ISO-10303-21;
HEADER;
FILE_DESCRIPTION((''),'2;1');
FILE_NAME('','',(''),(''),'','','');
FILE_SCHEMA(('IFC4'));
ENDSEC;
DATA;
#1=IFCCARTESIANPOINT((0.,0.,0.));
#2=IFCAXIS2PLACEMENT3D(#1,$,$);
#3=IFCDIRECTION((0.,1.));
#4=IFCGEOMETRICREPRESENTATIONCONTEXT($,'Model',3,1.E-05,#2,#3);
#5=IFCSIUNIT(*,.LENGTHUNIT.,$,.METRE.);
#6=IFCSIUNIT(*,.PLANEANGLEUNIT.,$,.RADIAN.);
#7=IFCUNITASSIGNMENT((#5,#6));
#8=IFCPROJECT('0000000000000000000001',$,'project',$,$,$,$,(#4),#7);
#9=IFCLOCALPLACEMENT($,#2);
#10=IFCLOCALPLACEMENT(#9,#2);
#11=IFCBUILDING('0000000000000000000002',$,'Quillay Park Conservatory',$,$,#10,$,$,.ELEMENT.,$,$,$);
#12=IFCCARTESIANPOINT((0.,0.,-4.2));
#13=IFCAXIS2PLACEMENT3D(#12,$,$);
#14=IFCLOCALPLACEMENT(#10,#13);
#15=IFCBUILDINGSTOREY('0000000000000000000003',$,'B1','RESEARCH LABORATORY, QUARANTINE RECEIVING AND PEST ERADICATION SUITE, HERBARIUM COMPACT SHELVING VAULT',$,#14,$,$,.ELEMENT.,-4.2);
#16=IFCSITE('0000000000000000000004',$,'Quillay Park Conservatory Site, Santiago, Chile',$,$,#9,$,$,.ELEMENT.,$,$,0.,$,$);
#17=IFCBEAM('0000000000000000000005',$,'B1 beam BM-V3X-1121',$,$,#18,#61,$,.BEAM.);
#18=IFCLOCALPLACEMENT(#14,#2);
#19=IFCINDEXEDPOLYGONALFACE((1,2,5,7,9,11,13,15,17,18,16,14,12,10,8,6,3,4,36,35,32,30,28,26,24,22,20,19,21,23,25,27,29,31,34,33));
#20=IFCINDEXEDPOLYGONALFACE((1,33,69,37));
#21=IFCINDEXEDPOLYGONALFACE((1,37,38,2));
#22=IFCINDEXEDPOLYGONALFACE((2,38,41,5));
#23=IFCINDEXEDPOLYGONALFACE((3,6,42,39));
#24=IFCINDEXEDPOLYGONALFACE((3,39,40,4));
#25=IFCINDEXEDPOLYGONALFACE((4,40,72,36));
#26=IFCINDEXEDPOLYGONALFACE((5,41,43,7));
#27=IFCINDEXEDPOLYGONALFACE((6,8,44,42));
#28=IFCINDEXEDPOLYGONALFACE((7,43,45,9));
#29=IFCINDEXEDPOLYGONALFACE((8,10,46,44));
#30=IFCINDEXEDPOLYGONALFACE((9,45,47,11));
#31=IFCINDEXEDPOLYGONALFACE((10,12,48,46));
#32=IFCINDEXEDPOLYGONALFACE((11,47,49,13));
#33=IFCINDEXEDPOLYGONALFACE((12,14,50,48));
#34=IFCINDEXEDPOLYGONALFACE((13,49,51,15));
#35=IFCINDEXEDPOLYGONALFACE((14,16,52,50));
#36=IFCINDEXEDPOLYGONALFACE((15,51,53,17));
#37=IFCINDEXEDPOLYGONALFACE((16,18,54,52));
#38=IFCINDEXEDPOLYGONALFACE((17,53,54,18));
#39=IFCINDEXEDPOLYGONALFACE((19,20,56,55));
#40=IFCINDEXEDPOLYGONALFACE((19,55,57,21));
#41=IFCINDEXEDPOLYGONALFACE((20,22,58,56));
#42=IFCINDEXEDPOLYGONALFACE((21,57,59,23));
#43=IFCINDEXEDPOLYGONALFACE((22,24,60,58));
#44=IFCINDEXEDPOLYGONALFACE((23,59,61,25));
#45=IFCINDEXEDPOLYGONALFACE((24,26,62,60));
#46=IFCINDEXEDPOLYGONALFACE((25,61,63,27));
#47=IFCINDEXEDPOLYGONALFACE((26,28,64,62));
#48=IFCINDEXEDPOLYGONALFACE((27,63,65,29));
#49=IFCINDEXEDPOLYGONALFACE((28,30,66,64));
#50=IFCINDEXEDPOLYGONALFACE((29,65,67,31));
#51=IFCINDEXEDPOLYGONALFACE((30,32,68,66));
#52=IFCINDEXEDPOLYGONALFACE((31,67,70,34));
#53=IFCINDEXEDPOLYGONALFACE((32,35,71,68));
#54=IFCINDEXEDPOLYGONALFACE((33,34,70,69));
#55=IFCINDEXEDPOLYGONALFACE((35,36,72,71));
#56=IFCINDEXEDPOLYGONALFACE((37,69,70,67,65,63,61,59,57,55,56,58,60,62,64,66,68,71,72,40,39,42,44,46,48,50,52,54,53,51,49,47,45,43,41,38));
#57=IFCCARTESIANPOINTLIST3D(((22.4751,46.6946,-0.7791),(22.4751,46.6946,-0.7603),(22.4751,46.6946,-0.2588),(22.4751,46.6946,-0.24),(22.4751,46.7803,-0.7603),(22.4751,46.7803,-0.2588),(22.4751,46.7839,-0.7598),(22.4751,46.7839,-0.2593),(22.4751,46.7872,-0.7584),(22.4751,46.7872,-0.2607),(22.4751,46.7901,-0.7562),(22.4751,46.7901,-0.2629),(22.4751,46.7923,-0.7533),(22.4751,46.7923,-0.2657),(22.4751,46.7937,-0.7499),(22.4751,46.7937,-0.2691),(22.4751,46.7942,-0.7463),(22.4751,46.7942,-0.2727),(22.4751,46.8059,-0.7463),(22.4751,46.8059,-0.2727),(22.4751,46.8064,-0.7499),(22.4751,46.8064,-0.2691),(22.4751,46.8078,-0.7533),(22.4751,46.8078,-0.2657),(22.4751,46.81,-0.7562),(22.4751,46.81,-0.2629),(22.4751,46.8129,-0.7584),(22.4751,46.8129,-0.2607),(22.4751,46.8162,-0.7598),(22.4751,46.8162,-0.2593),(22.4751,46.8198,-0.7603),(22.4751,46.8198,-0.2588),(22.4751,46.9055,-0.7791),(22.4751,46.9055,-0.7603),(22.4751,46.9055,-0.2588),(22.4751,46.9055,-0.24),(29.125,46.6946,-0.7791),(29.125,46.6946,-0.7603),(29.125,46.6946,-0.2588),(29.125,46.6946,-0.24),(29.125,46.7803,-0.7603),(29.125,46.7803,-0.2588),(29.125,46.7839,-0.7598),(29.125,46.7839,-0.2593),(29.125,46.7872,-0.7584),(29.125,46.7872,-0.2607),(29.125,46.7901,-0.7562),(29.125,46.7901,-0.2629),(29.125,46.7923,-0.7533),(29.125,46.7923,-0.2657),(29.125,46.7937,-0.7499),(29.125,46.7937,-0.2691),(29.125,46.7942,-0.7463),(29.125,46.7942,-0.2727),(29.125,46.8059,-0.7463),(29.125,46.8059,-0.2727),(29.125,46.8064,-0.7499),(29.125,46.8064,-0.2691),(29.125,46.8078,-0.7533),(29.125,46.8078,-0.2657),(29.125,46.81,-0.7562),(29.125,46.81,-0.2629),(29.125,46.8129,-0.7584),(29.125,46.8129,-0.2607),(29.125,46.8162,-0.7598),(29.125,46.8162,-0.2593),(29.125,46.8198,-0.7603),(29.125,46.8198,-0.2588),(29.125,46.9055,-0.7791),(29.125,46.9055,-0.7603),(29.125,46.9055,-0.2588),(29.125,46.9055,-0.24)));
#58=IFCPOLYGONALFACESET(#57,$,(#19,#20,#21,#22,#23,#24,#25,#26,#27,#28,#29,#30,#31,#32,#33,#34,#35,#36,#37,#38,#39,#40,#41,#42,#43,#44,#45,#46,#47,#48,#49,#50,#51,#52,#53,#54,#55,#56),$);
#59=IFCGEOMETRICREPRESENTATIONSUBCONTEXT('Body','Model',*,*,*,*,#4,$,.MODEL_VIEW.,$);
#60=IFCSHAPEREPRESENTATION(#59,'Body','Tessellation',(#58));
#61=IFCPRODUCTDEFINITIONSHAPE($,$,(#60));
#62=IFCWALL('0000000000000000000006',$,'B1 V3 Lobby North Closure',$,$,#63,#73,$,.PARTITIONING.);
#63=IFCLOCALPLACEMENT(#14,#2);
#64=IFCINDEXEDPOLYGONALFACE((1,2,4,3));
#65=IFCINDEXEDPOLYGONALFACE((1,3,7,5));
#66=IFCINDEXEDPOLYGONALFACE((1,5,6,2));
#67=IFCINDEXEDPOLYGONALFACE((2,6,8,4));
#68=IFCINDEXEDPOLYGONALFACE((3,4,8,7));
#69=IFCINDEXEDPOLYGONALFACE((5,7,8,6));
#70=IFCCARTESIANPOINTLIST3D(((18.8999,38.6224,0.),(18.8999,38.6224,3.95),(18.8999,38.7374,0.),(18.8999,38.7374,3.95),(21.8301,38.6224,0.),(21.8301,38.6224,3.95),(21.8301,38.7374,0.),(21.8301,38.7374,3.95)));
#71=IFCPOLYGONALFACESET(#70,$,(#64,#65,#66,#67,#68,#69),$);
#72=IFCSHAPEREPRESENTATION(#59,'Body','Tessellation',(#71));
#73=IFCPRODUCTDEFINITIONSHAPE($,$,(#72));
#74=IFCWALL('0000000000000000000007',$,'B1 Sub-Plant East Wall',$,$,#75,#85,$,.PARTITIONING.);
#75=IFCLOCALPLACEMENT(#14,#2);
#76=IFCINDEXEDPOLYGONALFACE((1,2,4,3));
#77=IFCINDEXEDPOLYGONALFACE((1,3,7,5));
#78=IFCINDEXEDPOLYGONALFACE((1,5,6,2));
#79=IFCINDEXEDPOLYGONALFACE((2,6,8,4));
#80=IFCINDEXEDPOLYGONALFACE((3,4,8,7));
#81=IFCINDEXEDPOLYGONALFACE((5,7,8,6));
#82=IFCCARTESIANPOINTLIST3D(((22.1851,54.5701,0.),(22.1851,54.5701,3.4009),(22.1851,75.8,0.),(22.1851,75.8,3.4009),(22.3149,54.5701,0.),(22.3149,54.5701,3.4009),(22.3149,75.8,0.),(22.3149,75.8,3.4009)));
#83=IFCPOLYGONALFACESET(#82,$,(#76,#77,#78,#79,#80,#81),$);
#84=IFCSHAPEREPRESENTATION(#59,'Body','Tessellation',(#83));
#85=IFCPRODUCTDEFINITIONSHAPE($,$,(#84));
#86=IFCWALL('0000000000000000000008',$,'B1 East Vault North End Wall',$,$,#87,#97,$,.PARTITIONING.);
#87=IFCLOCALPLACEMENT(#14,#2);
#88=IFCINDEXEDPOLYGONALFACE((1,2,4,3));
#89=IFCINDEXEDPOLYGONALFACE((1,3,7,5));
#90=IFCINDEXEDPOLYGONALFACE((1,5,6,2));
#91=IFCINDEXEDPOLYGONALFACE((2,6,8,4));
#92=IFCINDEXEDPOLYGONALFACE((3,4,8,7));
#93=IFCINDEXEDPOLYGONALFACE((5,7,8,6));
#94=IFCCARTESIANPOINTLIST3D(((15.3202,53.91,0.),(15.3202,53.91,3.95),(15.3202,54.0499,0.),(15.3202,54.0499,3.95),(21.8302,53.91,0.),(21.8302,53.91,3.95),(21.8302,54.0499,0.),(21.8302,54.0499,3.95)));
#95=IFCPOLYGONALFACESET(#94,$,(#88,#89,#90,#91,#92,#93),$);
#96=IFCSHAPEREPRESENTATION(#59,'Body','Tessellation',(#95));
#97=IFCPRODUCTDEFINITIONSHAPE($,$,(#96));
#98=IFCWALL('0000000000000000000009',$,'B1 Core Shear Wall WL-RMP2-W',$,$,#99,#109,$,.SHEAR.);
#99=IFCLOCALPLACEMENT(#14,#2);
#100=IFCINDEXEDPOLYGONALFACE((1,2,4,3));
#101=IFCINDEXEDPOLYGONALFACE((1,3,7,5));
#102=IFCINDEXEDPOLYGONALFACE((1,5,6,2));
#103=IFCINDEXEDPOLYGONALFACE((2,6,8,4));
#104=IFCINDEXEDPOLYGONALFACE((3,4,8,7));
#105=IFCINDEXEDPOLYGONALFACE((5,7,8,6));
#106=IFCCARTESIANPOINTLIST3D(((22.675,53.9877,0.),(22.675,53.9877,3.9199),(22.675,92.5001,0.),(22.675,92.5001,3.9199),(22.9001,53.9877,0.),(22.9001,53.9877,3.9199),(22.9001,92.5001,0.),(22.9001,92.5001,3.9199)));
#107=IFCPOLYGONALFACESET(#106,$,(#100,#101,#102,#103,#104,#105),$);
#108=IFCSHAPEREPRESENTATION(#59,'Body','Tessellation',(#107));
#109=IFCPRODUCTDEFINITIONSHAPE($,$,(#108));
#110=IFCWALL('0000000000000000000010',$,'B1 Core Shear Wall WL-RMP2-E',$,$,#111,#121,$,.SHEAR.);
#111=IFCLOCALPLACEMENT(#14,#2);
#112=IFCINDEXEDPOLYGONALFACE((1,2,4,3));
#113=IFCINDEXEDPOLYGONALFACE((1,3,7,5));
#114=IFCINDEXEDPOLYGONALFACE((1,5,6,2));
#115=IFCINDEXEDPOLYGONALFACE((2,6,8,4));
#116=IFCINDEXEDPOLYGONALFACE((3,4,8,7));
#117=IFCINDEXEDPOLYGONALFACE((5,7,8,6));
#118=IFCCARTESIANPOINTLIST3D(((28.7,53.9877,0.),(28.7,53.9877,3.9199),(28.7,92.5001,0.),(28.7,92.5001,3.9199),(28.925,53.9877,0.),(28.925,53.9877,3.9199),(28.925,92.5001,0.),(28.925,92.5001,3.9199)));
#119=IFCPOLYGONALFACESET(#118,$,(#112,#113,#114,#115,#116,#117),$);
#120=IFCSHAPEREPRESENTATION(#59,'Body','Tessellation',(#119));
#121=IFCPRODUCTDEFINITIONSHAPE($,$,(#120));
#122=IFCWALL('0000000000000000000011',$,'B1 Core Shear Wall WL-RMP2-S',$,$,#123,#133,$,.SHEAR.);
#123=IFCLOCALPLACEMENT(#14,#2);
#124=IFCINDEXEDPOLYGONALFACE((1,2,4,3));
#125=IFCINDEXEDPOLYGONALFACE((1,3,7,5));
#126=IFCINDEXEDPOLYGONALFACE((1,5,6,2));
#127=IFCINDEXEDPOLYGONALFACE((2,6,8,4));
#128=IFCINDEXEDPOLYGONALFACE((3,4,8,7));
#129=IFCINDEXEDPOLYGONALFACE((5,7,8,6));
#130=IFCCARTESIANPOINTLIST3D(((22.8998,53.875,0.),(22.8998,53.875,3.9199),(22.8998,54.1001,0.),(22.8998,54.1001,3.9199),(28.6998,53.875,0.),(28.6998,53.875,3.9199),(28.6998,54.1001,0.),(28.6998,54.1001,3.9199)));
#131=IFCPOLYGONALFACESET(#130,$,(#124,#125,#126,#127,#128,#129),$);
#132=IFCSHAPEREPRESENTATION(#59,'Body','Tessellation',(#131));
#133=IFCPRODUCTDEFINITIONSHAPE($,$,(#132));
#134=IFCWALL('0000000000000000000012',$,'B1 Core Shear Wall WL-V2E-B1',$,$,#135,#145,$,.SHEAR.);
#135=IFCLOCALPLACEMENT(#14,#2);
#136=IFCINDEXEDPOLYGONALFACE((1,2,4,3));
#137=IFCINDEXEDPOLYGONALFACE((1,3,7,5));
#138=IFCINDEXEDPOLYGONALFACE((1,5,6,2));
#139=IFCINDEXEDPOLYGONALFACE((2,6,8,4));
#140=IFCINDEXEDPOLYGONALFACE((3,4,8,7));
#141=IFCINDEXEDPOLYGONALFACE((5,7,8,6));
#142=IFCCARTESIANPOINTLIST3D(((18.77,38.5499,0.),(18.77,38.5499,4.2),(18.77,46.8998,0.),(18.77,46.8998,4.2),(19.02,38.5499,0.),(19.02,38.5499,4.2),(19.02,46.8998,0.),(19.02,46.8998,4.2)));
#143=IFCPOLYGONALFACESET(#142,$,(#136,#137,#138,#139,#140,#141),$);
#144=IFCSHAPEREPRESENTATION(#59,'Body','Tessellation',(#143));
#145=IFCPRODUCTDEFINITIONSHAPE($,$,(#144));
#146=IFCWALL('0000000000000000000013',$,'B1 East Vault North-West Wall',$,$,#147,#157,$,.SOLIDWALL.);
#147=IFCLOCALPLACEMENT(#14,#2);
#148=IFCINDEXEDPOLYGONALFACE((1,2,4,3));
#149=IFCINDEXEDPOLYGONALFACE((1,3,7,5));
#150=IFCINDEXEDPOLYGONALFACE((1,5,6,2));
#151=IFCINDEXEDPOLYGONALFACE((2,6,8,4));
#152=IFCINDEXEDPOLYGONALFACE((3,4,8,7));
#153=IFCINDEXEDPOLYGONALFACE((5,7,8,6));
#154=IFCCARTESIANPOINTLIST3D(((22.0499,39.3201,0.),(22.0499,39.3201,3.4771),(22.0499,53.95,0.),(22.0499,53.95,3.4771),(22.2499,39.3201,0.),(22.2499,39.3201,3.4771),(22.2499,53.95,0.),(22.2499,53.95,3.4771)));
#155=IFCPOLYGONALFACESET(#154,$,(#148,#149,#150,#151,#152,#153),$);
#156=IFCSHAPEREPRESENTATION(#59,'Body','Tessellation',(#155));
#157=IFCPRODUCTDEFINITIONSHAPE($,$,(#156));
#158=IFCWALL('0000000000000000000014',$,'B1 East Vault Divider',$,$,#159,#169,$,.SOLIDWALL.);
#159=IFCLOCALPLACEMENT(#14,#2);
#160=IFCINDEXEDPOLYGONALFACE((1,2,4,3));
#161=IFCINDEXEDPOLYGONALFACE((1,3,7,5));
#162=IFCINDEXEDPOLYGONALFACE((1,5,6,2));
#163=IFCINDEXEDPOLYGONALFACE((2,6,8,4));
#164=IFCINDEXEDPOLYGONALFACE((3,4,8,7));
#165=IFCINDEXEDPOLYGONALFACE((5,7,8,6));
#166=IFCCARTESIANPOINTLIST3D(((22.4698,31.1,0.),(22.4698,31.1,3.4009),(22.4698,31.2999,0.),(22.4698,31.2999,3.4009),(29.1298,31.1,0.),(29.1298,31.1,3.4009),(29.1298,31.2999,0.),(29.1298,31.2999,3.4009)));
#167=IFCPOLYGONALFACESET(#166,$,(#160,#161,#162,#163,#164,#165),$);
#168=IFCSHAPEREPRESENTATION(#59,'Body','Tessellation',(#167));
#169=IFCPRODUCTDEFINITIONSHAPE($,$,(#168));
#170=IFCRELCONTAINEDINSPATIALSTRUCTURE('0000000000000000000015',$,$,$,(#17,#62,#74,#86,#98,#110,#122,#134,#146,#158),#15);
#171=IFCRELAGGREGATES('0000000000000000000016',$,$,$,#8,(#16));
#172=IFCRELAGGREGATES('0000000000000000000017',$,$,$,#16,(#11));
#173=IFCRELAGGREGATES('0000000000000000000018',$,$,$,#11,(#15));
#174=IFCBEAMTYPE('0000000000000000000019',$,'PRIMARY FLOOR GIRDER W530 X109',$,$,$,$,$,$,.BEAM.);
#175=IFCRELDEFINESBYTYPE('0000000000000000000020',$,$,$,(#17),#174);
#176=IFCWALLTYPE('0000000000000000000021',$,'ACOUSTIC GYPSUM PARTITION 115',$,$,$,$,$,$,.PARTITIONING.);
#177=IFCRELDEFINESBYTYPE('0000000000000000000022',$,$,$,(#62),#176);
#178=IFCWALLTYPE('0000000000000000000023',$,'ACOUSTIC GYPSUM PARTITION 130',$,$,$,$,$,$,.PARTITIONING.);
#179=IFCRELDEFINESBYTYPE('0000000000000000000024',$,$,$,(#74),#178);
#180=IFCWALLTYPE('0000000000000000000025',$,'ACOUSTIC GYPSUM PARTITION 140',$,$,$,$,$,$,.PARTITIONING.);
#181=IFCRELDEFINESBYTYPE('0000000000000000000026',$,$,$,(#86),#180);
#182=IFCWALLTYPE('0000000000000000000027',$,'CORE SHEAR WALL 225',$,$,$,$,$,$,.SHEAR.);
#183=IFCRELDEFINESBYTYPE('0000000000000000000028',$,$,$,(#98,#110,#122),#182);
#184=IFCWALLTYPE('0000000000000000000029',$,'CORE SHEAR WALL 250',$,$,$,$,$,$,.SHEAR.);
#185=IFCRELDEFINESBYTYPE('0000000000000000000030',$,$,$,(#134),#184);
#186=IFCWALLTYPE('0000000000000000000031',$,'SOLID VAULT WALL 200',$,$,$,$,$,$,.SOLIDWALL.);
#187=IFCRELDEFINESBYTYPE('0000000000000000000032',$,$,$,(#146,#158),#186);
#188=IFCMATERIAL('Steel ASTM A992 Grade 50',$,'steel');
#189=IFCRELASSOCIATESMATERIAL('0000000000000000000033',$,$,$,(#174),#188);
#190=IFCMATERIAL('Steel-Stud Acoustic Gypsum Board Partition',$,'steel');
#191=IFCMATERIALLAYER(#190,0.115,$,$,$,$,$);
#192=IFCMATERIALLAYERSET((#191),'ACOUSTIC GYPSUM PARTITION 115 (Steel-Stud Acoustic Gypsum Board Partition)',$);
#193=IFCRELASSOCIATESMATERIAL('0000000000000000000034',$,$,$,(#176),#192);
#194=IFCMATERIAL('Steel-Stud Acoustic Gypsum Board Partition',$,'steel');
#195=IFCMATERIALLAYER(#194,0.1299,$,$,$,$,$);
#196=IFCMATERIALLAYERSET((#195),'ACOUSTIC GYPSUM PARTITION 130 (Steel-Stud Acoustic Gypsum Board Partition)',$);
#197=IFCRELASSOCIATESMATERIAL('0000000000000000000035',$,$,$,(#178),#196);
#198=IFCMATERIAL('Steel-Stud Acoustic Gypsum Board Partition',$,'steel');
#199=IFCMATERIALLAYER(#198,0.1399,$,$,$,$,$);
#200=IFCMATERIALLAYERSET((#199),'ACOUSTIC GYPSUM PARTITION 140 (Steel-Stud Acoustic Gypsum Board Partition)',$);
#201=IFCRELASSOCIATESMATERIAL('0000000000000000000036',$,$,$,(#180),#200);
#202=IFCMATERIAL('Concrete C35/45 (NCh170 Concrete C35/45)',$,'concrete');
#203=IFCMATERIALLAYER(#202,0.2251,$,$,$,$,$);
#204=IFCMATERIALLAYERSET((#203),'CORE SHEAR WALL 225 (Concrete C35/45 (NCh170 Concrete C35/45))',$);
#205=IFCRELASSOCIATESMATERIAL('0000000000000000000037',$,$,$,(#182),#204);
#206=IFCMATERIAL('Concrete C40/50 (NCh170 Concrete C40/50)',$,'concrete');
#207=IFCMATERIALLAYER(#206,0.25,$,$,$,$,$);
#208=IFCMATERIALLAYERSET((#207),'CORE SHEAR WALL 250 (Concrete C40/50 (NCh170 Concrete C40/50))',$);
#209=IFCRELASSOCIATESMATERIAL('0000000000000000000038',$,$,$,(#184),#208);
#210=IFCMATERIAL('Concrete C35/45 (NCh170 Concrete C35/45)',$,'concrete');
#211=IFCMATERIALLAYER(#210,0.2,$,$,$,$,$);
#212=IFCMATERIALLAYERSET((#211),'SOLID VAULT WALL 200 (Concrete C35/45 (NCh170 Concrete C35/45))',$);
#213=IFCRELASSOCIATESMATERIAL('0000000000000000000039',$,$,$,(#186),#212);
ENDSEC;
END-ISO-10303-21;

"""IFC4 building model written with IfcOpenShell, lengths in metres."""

from ifc_helpers import new_model, si_unit, direction, frame, frame_2d, origin, origin_2d, place, context, subcontext, project, spatial, rectangle, i_section, extrude, material, layer, layer_set, material_profile, profile_set, type_object, element, save


model = new_model("IFC4")

# Units and contexts
model_context = context("Model", 3, precision=1e-05, world=origin(), true_north=direction((0.0, 1.0)))
body_context = subcontext(model_context, "Body", "Model", "MODEL_VIEW")
ifc_project = project(units=[si_unit("LENGTHUNIT", "METRE"), si_unit("PLANEANGLEUNIT", "RADIAN")], contexts=[model_context])

# Site, building, storey
site_placement = place(None, origin())
site = spatial("IfcSite", under=ifc_project, at=site_placement, Name="Quillay Park Conservatory Site, Santiago, Chile", CompositionType="ELEMENT", RefElevation=0.0)
building_placement = place(site_placement, origin())
building = spatial("IfcBuilding", under=site, at=building_placement, Name="Quillay Park Conservatory", CompositionType="ELEMENT")
storey_placement = place(building_placement, frame((0.0, 0.0, -4.2)))
storey = spatial("IfcBuildingStorey", under=building, at=storey_placement, Name="B1", Description="RESEARCH LABORATORY, QUARANTINE RECEIVING AND PEST ERADICATION SUITE, HERBARIUM COMPACT SHELVING VAULT", CompositionType="ELEMENT", Elevation=-4.2)

# Beam
ifc_material_1 = material(Name="Steel ASTM A992 Grade 50", Category="steel")
ifc_material_profile_1 = material_profile(ifc_material_1, i_section(OverallWidth=0.2109, OverallDepth=0.5391, WebThickness=0.0117, FlangeThickness=0.0188, FilletRadius=0.0139, at=origin_2d()), Name="W530x109")
ifc_profile_set_1 = profile_set([ifc_material_profile_1], Name="Steel ASTM A992 Grade 50")
beam_type_1 = type_object("IfcBeamType", Name="PRIMARY FLOOR GIRDER W530 X109", PredefinedType="BEAM", material=ifc_profile_set_1)
for number, where, z_axis, x_axis, name in (
    (1, (22.4751, 46.8, -0.5095), (1.0, 0.0, 0.0), (0.0, 1.0, 0.0), "B1 beam BM-V3X-1121"),
):
    element("IfcBeam", number, at=place(storey_placement, frame(where, z_axis=z_axis, x_axis=x_axis)), inside=storey, type_object=beam_type_1, Name=name, PredefinedType="BEAM", context=body_context, shape_type="SweptSolid", body=[
        extrude(i_section(OverallWidth=0.2109, OverallDepth=0.5391, WebThickness=0.0117, FlangeThickness=0.0188, FilletRadius=0.0139, at=origin_2d()), origin(), (0.0, 0.0, 1.0), 6.6499),
    ])

# Walls
ifc_material_2 = material(Name="Steel-Stud Acoustic Gypsum Board Partition", Category="steel")
ifc_layer_1 = layer(ifc_material_2, 0.115)
ifc_layer_set_1 = layer_set([ifc_layer_1], Name="ACOUSTIC GYPSUM PARTITION 115 (Steel-Stud Acoustic Gypsum Board Partition)")
wall_type_1 = type_object("IfcWallType", Name="ACOUSTIC GYPSUM PARTITION 115", PredefinedType="PARTITIONING", material=ifc_layer_set_1)
wall_1_placement = place(storey_placement, frame((18.8999, 38.6799, 0.0), z_axis=(0.0, 0.0, 1.0), x_axis=(1.0, 0.0, 0.0)))
element("IfcWall", 2, at=wall_1_placement, inside=storey, type_object=wall_type_1, Name="B1 V3 Lobby North Closure", PredefinedType="PARTITIONING", context=body_context, shape_type="SweptSolid", body=[
    extrude(rectangle(XDim=2.9302, YDim=0.115, at=frame_2d((1.4651, 0.0))), origin(), (0.0, 0.0, 1.0), 3.95),
])
ifc_material_3 = material(Name="Steel-Stud Acoustic Gypsum Board Partition", Category="steel")
ifc_layer_2 = layer(ifc_material_3, 0.1299)
ifc_layer_set_2 = layer_set([ifc_layer_2], Name="ACOUSTIC GYPSUM PARTITION 130 (Steel-Stud Acoustic Gypsum Board Partition)")
wall_type_2 = type_object("IfcWallType", Name="ACOUSTIC GYPSUM PARTITION 130", PredefinedType="PARTITIONING", material=ifc_layer_set_2)
wall_2_placement = place(storey_placement, frame((22.25, 54.5701, 0.0), z_axis=(0.0, 0.0, 1.0), x_axis=(0.0, 1.0, 0.0)))
element("IfcWall", 3, at=wall_2_placement, inside=storey, type_object=wall_type_2, Name="B1 Sub-Plant East Wall", PredefinedType="PARTITIONING", context=body_context, shape_type="SweptSolid", body=[
    extrude(rectangle(XDim=21.23, YDim=0.1299, at=frame_2d((10.615, 0.0))), origin(), (0.0, 0.0, 1.0), 3.4009),
])
ifc_material_4 = material(Name="Steel-Stud Acoustic Gypsum Board Partition", Category="steel")
ifc_layer_3 = layer(ifc_material_4, 0.1399)
ifc_layer_set_3 = layer_set([ifc_layer_3], Name="ACOUSTIC GYPSUM PARTITION 140 (Steel-Stud Acoustic Gypsum Board Partition)")
wall_type_3 = type_object("IfcWallType", Name="ACOUSTIC GYPSUM PARTITION 140", PredefinedType="PARTITIONING", material=ifc_layer_set_3)
wall_3_placement = place(storey_placement, frame((21.8301, 53.98, 0.0), z_axis=(0.0, 0.0, 1.0), x_axis=(-1.0, 0.0, 0.0)))
element("IfcWall", 4, at=wall_3_placement, inside=storey, type_object=wall_type_3, Name="B1 East Vault North End Wall", PredefinedType="PARTITIONING", context=body_context, shape_type="SweptSolid", body=[
    extrude(rectangle(XDim=6.51, YDim=0.1399, at=frame_2d((3.2549, 0.0))), origin(), (0.0, 0.0, 1.0), 3.95),
])
ifc_material_5 = material(Name="Concrete C35/45 (NCh170 Concrete C35/45)", Category="concrete")
ifc_layer_4 = layer(ifc_material_5, 0.2251)
ifc_layer_set_4 = layer_set([ifc_layer_4], Name="CORE SHEAR WALL 225 (Concrete C35/45 (NCh170 Concrete C35/45))")
wall_type_4 = type_object("IfcWallType", Name="CORE SHEAR WALL 225", PredefinedType="SHEAR", material=ifc_layer_set_4)
for number, where, z_axis, x_axis, name in (
    (5, (22.7876, 53.9875, 0.0), (0.0, 0.0, 1.0), (0.0, 1.0, 0.0), "B1 Core Shear Wall WL-RMP2-W"),
    (6, (28.8125, 53.9875, 0.0), (0.0, 0.0, 1.0), (0.0, 1.0, 0.0), "B1 Core Shear Wall WL-RMP2-E"),
):
    element("IfcWall", number, at=place(storey_placement, frame(where, z_axis=z_axis, x_axis=x_axis)), inside=storey, type_object=wall_type_4, Name=name, PredefinedType="SHEAR", context=body_context, shape_type="SweptSolid", body=[
        extrude(rectangle(XDim=38.5125, YDim=0.2251, at=frame_2d((19.2563, 0.0))), origin(), (0.0, 0.0, 1.0), 3.9199),
    ])
wall_4_placement = place(storey_placement, frame((22.8999, 53.9875, 0.0), z_axis=(0.0, 0.0, 1.0), x_axis=(1.0, 0.0, 0.0)))
element("IfcWall", 7, at=wall_4_placement, inside=storey, type_object=wall_type_4, Name="B1 Core Shear Wall WL-RMP2-S", PredefinedType="SHEAR", context=body_context, shape_type="SweptSolid", body=[
    extrude(rectangle(XDim=5.8, YDim=0.2251, at=frame_2d((2.8999, 0.0))), origin(), (0.0, 0.0, 1.0), 3.9199),
])
ifc_material_6 = material(Name="Concrete C40/50 (NCh170 Concrete C40/50)", Category="concrete")
ifc_layer_5 = layer(ifc_material_6, 0.25)
ifc_layer_set_5 = layer_set([ifc_layer_5], Name="CORE SHEAR WALL 250 (Concrete C40/50 (NCh170 Concrete C40/50))")
wall_type_5 = type_object("IfcWallType", Name="CORE SHEAR WALL 250", PredefinedType="SHEAR", material=ifc_layer_set_5)
wall_5_placement = place(storey_placement, frame((18.895, 38.55, 0.0), z_axis=(0.0, 0.0, 1.0), x_axis=(0.0, 1.0, 0.0)))
element("IfcWall", 8, at=wall_5_placement, inside=storey, type_object=wall_type_5, Name="B1 Core Shear Wall WL-V2E-B1", PredefinedType="SHEAR", context=body_context, shape_type="SweptSolid", body=[
    extrude(rectangle(XDim=8.3499, YDim=0.25, at=frame_2d((4.1748, 0.0))), origin(), (0.0, 0.0, 1.0), 4.2),
])

# Shared definitions
ifc_material_7 = material(Name="Concrete C35/45 (NCh170 Concrete C35/45)", Category="concrete")
ifc_layer_6 = layer(ifc_material_7, 0.2)
ifc_layer_set_6 = layer_set([ifc_layer_6], Name="SOLID VAULT WALL 200 (Concrete C35/45 (NCh170 Concrete C35/45))")
wall_type_6 = type_object("IfcWallType", Name="SOLID VAULT WALL 200", PredefinedType="SOLIDWALL", material=ifc_layer_set_6)

# Walls
wall_6_placement = place(storey_placement, frame((22.1499, 39.3201, 0.0), z_axis=(0.0, 0.0, 1.0), x_axis=(0.0, 1.0, 0.0)))
element("IfcWall", 9, at=wall_6_placement, inside=storey, type_object=wall_type_6, Name="B1 East Vault North-West Wall", PredefinedType="SOLIDWALL", context=body_context, shape_type="SweptSolid", body=[
    extrude(rectangle(XDim=14.6299, YDim=0.2, at=frame_2d((7.3149, 0.0))), origin(), (0.0, 0.0, 1.0), 3.4771),
])
wall_7_placement = place(storey_placement, frame((29.1299, 31.2, 0.0), z_axis=(0.0, 0.0, 1.0), x_axis=(-1.0, 0.0, 0.0)))
element("IfcWall", 10, at=wall_7_placement, inside=storey, type_object=wall_type_6, Name="B1 East Vault Divider", PredefinedType="SOLIDWALL", context=body_context, shape_type="SweptSolid", body=[
    extrude(rectangle(XDim=6.6599, YDim=0.2, at=frame_2d((3.3301, 0.0))), origin(), (0.0, 0.0, 1.0), 3.4009),
])

save(model, "model.ifc")
